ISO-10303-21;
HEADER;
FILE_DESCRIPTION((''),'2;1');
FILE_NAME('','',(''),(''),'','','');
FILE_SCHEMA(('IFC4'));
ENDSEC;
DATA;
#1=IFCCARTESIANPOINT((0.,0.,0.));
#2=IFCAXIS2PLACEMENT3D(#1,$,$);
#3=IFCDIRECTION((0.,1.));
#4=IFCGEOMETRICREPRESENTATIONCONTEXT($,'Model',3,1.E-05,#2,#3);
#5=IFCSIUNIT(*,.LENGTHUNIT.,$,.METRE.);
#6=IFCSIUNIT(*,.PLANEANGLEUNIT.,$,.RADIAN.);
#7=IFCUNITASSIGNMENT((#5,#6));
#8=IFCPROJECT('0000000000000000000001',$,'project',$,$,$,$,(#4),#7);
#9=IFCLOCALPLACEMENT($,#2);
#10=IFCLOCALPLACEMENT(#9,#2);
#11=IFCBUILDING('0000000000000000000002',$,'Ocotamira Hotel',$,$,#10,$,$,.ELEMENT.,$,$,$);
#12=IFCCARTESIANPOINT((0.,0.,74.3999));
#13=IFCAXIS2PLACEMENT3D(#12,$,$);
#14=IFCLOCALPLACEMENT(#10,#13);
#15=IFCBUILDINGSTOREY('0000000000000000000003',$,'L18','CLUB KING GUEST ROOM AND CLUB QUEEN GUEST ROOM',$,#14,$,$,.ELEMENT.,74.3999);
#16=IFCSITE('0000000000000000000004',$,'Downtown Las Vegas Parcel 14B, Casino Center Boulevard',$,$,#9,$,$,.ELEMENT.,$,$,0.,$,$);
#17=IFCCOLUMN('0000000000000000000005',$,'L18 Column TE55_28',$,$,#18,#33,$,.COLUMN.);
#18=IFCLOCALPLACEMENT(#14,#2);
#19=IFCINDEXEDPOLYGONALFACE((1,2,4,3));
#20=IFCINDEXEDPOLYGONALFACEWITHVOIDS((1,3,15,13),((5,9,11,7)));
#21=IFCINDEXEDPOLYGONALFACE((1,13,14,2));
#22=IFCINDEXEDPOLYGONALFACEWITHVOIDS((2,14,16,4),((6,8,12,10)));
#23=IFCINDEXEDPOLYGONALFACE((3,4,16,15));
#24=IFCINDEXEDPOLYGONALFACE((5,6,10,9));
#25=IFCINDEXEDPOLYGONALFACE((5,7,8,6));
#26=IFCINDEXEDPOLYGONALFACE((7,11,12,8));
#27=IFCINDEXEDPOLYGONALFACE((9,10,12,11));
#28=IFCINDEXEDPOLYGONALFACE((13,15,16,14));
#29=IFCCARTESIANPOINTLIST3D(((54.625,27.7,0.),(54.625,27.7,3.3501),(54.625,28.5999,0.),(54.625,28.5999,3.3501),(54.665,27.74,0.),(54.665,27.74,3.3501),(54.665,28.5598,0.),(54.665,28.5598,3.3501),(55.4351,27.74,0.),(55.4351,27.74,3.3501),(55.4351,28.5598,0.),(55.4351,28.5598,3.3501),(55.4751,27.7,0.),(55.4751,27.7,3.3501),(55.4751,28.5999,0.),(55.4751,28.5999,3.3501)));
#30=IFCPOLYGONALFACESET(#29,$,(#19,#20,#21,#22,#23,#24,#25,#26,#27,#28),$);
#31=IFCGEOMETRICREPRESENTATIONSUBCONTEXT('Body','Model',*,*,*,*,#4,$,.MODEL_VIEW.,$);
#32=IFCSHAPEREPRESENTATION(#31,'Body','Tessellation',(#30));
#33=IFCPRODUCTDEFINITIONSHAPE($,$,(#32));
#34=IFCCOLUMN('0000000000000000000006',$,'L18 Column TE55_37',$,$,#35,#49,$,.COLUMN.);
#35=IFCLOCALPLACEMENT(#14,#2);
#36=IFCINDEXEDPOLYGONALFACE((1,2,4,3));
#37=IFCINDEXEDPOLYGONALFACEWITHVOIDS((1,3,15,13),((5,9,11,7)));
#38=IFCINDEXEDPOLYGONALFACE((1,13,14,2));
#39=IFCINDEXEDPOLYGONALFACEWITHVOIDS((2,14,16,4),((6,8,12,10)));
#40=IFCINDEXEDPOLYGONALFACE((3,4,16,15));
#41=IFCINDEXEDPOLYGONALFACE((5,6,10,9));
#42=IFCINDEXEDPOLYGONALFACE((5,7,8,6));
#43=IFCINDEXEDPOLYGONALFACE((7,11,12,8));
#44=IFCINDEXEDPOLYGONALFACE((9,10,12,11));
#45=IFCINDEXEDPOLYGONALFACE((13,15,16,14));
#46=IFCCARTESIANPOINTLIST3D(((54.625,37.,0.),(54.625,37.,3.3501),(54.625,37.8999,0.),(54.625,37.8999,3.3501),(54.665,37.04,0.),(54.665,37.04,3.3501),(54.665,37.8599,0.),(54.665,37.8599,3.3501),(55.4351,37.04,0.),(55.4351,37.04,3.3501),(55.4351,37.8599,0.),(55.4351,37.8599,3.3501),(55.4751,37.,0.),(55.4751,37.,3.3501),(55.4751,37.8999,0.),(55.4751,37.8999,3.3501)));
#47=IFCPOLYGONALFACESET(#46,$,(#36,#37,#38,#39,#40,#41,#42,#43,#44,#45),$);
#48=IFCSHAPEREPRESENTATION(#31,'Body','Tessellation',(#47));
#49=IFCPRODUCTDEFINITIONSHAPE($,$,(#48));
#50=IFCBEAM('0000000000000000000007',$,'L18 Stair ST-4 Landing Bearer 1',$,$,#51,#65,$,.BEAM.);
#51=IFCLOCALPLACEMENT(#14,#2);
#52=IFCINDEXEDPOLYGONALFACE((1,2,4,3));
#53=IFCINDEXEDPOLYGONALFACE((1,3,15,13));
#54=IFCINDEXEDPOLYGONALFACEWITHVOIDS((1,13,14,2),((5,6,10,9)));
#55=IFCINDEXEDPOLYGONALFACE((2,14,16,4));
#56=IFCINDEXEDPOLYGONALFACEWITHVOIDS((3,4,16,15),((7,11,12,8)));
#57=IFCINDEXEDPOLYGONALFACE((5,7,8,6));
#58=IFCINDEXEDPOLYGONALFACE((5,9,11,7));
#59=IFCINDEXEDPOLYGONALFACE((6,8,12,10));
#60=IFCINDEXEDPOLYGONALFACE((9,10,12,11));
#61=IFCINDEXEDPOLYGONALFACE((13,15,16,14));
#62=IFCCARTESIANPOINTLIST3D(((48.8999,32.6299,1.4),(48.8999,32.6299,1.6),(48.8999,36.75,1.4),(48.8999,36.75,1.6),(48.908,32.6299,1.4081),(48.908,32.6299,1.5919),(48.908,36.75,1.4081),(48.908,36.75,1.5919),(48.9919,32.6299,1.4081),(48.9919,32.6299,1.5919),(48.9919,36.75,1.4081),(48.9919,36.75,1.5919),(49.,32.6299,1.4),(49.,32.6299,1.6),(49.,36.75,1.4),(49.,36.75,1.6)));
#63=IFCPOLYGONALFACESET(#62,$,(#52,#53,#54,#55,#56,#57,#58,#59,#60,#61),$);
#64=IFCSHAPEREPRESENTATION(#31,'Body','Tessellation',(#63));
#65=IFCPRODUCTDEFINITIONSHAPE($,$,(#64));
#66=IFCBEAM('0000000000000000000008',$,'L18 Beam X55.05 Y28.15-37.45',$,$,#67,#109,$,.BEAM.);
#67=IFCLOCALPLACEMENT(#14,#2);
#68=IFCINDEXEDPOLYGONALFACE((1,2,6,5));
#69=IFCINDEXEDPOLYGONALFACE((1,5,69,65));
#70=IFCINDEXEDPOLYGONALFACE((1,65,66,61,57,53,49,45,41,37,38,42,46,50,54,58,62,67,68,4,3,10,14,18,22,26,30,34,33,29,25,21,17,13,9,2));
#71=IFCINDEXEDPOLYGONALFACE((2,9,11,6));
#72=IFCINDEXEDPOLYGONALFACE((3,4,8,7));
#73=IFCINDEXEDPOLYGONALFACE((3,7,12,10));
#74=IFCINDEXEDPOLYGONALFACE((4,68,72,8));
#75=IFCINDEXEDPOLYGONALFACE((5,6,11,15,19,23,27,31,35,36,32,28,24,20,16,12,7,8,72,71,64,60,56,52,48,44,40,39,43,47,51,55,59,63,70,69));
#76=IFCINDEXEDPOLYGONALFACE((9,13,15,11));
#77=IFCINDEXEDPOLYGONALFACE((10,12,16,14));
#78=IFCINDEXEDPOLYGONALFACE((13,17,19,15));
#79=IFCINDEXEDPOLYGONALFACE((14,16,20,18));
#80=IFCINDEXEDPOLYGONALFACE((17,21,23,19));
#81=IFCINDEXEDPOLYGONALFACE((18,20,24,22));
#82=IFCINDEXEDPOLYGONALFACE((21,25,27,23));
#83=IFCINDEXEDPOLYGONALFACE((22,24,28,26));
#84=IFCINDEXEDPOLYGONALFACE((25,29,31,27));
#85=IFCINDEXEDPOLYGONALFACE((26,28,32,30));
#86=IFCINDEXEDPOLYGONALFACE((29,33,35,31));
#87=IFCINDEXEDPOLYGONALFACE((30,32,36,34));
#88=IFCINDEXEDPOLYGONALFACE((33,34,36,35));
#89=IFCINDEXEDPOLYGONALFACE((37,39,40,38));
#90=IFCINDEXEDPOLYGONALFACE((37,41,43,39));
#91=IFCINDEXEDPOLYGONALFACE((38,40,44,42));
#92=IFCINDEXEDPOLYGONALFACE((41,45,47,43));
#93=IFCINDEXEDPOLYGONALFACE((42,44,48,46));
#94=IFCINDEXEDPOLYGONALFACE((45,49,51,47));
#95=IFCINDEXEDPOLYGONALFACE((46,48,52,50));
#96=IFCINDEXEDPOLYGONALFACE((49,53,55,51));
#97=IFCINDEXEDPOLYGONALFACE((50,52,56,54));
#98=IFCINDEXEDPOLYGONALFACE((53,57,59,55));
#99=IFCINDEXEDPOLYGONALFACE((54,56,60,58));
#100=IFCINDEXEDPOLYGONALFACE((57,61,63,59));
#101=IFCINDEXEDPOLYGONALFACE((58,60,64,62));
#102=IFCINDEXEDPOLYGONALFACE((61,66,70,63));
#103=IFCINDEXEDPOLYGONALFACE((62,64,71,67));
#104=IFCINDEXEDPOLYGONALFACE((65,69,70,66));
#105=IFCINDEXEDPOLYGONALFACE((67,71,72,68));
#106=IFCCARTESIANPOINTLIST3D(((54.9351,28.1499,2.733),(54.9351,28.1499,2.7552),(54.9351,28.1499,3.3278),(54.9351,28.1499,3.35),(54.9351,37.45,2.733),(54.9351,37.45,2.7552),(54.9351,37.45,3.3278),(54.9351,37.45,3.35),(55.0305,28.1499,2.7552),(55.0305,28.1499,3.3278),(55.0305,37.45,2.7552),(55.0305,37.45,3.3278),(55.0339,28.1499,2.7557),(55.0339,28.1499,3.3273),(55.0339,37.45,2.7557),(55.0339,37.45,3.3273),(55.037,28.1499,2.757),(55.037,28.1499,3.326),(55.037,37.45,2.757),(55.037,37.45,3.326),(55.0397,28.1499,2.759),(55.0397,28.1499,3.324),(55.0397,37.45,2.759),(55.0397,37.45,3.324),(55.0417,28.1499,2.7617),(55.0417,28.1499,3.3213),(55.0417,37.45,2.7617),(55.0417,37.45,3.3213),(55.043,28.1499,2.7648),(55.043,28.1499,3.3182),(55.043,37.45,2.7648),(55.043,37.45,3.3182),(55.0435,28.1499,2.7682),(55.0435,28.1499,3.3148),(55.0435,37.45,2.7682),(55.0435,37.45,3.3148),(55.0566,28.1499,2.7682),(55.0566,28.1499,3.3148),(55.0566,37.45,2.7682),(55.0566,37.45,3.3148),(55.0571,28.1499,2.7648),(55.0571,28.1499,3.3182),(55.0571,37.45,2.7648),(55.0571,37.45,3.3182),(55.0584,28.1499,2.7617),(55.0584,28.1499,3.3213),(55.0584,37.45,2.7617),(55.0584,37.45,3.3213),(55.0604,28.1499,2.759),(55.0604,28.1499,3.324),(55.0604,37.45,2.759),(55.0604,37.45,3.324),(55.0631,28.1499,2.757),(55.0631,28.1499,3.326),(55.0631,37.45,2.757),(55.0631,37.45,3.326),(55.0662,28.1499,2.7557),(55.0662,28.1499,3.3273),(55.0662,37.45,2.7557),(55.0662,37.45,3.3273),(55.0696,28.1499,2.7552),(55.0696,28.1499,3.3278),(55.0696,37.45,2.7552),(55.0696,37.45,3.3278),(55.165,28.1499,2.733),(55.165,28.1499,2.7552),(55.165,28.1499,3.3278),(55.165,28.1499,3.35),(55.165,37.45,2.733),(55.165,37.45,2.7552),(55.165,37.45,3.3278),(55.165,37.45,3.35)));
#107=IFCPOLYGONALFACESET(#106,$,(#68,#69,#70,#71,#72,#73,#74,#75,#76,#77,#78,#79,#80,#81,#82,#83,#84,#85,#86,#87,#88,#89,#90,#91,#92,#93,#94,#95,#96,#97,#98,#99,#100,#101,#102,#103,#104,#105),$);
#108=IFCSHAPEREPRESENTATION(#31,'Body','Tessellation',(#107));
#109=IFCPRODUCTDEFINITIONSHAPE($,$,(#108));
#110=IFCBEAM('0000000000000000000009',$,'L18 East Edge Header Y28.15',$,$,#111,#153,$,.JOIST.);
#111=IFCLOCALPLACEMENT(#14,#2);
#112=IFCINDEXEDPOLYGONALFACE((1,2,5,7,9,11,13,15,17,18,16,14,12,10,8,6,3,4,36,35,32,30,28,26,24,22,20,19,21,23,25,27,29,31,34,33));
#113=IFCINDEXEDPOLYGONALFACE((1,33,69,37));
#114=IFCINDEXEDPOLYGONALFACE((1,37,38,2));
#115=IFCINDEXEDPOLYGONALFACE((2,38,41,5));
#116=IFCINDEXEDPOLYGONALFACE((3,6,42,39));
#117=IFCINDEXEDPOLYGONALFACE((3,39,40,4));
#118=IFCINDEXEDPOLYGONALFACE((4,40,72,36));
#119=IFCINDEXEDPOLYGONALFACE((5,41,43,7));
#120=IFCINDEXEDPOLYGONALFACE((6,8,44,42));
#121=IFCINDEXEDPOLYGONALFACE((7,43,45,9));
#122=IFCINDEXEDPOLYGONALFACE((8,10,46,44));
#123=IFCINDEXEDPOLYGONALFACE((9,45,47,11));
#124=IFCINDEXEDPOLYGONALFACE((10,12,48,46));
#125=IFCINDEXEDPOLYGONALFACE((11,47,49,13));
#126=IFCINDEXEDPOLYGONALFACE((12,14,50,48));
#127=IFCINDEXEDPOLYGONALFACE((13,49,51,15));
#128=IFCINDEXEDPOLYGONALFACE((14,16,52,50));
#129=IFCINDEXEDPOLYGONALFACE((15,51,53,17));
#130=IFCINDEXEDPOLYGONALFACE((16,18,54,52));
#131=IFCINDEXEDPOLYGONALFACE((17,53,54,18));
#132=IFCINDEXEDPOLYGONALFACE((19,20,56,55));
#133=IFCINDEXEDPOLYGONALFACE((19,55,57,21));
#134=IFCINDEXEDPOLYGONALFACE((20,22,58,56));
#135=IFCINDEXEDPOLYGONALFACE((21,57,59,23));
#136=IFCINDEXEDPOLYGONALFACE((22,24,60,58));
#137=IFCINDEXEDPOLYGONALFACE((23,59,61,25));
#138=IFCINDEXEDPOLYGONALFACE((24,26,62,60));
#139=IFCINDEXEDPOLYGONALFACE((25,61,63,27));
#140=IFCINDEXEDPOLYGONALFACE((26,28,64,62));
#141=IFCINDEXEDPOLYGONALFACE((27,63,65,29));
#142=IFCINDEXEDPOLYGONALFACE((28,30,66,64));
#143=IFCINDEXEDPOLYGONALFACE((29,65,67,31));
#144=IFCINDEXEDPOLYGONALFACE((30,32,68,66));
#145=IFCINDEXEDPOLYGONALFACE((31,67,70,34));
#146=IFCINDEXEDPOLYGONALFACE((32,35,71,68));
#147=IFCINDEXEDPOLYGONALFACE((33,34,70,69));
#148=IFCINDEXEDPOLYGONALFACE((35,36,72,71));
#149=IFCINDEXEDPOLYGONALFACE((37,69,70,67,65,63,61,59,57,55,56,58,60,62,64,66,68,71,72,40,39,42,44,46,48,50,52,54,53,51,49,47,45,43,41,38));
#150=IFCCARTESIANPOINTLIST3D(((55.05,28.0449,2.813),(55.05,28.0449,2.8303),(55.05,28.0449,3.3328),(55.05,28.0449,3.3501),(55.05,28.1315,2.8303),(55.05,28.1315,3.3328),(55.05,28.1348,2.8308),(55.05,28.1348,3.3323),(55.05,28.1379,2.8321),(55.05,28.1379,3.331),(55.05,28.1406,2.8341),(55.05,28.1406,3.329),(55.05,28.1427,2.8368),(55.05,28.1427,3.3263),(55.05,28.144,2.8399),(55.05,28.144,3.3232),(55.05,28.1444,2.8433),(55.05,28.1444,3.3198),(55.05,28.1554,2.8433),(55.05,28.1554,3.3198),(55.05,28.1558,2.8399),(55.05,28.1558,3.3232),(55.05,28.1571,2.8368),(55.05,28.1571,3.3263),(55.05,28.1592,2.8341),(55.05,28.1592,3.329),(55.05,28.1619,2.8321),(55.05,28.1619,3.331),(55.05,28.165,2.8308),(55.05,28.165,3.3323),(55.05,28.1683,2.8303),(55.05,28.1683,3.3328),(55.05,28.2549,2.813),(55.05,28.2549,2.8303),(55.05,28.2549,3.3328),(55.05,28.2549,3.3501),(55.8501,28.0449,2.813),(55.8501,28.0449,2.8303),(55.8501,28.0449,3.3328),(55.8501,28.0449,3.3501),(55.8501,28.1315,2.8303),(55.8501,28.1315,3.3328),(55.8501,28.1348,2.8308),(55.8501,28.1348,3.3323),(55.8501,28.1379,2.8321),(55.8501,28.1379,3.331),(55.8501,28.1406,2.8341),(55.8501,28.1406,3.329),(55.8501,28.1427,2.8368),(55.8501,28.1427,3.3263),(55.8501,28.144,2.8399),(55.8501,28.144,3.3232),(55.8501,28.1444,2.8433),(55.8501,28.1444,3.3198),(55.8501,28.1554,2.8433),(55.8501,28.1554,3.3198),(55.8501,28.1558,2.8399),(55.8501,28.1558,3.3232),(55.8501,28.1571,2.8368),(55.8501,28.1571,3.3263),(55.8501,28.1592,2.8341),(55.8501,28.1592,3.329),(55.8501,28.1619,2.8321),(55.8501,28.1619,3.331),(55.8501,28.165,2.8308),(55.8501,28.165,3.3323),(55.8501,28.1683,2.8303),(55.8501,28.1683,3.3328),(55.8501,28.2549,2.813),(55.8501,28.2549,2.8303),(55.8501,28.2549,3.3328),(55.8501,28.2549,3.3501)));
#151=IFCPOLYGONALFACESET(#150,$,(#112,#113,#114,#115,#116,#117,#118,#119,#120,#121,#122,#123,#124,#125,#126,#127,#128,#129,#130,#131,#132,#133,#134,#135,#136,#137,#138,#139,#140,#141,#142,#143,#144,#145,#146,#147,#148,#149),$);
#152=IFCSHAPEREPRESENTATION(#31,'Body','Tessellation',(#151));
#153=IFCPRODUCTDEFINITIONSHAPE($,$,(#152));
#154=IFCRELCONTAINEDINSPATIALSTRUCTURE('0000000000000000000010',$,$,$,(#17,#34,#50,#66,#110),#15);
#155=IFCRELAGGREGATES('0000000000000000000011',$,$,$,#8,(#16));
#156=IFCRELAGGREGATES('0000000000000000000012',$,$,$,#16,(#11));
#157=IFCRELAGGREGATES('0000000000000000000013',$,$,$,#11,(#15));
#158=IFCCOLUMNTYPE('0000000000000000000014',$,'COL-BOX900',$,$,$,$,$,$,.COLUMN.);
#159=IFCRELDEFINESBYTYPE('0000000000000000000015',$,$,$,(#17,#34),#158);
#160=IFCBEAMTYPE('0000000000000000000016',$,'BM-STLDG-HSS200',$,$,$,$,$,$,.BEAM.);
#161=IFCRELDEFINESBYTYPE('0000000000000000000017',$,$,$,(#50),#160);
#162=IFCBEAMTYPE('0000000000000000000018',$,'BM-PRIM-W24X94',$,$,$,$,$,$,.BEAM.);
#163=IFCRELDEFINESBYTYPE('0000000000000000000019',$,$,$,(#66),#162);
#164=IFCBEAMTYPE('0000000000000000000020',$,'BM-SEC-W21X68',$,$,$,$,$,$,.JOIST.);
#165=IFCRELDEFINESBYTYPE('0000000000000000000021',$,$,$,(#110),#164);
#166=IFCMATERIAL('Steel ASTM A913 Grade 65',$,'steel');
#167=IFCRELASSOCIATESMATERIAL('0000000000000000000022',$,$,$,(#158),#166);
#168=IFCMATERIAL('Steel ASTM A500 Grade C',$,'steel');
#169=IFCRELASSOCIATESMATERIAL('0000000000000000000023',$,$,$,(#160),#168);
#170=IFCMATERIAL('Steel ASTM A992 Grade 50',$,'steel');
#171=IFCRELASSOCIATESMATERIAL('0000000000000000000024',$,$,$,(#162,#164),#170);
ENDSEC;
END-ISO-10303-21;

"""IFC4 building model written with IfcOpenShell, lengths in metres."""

from ifc_helpers import new_model, si_unit, direction, frame, origin, origin_2d, place, context, subcontext, project, spatial, hollow_rectangle, i_section, extrude, source, transform, mapped, material, material_profile, profile_set, type_object, element, save


model = new_model("IFC4")

# Units and contexts
model_context = context("Model", 3, precision=1e-05, world=origin(), true_north=direction((0.0, 1.0)))
body_context = subcontext(model_context, "Body", "Model", "MODEL_VIEW")
ifc_project = project(units=[si_unit("LENGTHUNIT", "METRE"), si_unit("PLANEANGLEUNIT", "RADIAN")], contexts=[model_context])

# Site, building, storey
site_placement = place(None, origin())
site = spatial("IfcSite", under=ifc_project, at=site_placement, Name="Downtown Las Vegas Parcel 14B, Casino Center Boulevard", CompositionType="ELEMENT", RefElevation=0.0)
building_placement = place(site_placement, origin())
building = spatial("IfcBuilding", under=site, at=building_placement, Name="Ocotamira Hotel", CompositionType="ELEMENT")
storey_placement = place(building_placement, frame((0.0, 0.0, 74.3999)))
storey = spatial("IfcBuildingStorey", under=building, at=storey_placement, Name="L18", Description="CLUB KING GUEST ROOM AND CLUB QUEEN GUEST ROOM", CompositionType="ELEMENT", Elevation=74.3999)

# Columns
ifc_material_1 = material(Name="Steel ASTM A913 Grade 65", Category="steel")
ifc_material_profile_1 = material_profile(ifc_material_1, hollow_rectangle(XDim=0.8501, YDim=0.8999, WallThickness=0.04, at=origin_2d()), Name="BOX900X850X40")
ifc_profile_set_1 = profile_set([ifc_material_profile_1], Name="Steel ASTM A913 Grade 65")
column_type = type_object("IfcColumnType", Name="COL-BOX900", PredefinedType="COLUMN", material=ifc_profile_set_1)
shared_shape_1 = source(origin(), body_context, "Body", "SweptSolid", [
    extrude(hollow_rectangle(XDim=0.8501, YDim=0.8999, WallThickness=0.04, at=origin_2d()), origin(), (0.0, 0.0, 1.0), 3.3501),
])
for number, where, z_axis, x_axis, name in (
    (1, (55.05, 28.1499, 0.0), (0.0, 0.0, 1.0), (1.0, 0.0, 0.0), "L18 Column TE55_28"),
    (2, (55.05, 37.45, 0.0), (0.0, 0.0, 1.0), (1.0, 0.0, 0.0), "L18 Column TE55_37"),
):
    element("IfcColumn", number, at=place(storey_placement, frame(where, z_axis=z_axis, x_axis=x_axis)), inside=storey, type_object=column_type, Name=name, PredefinedType="COLUMN", context=body_context, shape_type="MappedRepresentation", body=[
        mapped(shared_shape_1, transform((0.0, 0.0, 0.0), scale=1.0)),
    ])

# Beams
ifc_material_2 = material(Name="Steel ASTM A500 Grade C", Category="steel")
ifc_material_profile_2 = material_profile(ifc_material_2, hollow_rectangle(XDim=0.1001, YDim=0.2, WallThickness=0.0081, at=origin_2d()), Name="HSS200X100X8")
ifc_profile_set_2 = profile_set([ifc_material_profile_2], Name="Steel ASTM A500 Grade C")
beam_type_1 = type_object("IfcBeamType", Name="BM-STLDG-HSS200", PredefinedType="BEAM", material=ifc_profile_set_2)
shared_shape_2 = source(origin(), body_context, "Body", "SweptSolid", [
    extrude(hollow_rectangle(XDim=0.1001, YDim=0.2, WallThickness=0.0081, at=origin_2d()), origin(), (0.0, 0.0, 1.0), 4.1201),
])
beam_1_placement = place(storey_placement, frame((48.95, 32.6299, 1.5), z_axis=(0.0, 1.0, 0.0), x_axis=(-1.0, 0.0, 0.0)))
element("IfcBeam", 3, at=beam_1_placement, inside=storey, type_object=beam_type_1, Name="L18 Stair ST-4 Landing Bearer 1", PredefinedType="BEAM", context=body_context, shape_type="MappedRepresentation", body=[
    mapped(shared_shape_2, transform((0.0, 0.0, 0.0), scale=1.0)),
])
ifc_material_3 = material(Name="Steel ASTM A992 Grade 50", Category="steel")
ifc_material_profile_3 = material_profile(ifc_material_3, i_section(OverallWidth=0.23, OverallDepth=0.6169, WebThickness=0.0132, FlangeThickness=0.0222, FilletRadius=0.0129, at=origin_2d()), Name="W24X94")
ifc_profile_set_3 = profile_set([ifc_material_profile_3], Name="Steel ASTM A992 Grade 50")
beam_type_2 = type_object("IfcBeamType", Name="BM-PRIM-W24X94", PredefinedType="BEAM", material=ifc_profile_set_3)
shared_shape_3 = source(origin(), body_context, "Body", "SweptSolid", [
    extrude(i_section(OverallWidth=0.23, OverallDepth=0.6169, WebThickness=0.0132, FlangeThickness=0.0222, FilletRadius=0.0129, at=origin_2d()), origin(), (0.0, 0.0, 1.0), 9.3),
])
beam_2_placement = place(storey_placement, frame((55.05, 28.1499, 3.0415), z_axis=(0.0, 1.0, 0.0), x_axis=(-1.0, 0.0, 0.0)))
element("IfcBeam", 4, at=beam_2_placement, inside=storey, type_object=beam_type_2, Name="L18 Beam X55.05 Y28.15-37.45", PredefinedType="BEAM", context=body_context, shape_type="MappedRepresentation", body=[
    mapped(shared_shape_3, transform((0.0, 0.0, 0.0), scale=1.0)),
])
ifc_material_profile_4 = material_profile(ifc_material_3, i_section(OverallWidth=0.21, OverallDepth=0.5371, WebThickness=0.011, FlangeThickness=0.0173, FilletRadius=0.0129, at=origin_2d()), Name="W21X68")
ifc_profile_set_4 = profile_set([ifc_material_profile_4], Name="Steel ASTM A992 Grade 50")
beam_type_3 = type_object("IfcBeamType", Name="BM-SEC-W21X68", PredefinedType="JOIST", material=ifc_profile_set_4)
shared_shape_4 = source(origin(), body_context, "Body", "SweptSolid", [
    extrude(i_section(OverallWidth=0.21, OverallDepth=0.5371, WebThickness=0.011, FlangeThickness=0.0173, FilletRadius=0.0129, at=origin_2d()), origin(), (0.0, 0.0, 1.0), 0.8),
])
for number, where, z_axis, x_axis, name in (
    (5, (55.05, 28.1499, 3.0815), (1.0, 0.0, 0.0), (0.0, 1.0, 0.0), "L18 East Edge Header Y28.15"),
):
    element("IfcBeam", number, at=place(storey_placement, frame(where, z_axis=z_axis, x_axis=x_axis)), inside=storey, type_object=beam_type_3, Name=name, PredefinedType="JOIST", context=body_context, shape_type="MappedRepresentation", body=[
        mapped(shared_shape_4, transform((0.0, 0.0, 0.0), scale=1.0)),
    ])

save(model, "model.ifc")
